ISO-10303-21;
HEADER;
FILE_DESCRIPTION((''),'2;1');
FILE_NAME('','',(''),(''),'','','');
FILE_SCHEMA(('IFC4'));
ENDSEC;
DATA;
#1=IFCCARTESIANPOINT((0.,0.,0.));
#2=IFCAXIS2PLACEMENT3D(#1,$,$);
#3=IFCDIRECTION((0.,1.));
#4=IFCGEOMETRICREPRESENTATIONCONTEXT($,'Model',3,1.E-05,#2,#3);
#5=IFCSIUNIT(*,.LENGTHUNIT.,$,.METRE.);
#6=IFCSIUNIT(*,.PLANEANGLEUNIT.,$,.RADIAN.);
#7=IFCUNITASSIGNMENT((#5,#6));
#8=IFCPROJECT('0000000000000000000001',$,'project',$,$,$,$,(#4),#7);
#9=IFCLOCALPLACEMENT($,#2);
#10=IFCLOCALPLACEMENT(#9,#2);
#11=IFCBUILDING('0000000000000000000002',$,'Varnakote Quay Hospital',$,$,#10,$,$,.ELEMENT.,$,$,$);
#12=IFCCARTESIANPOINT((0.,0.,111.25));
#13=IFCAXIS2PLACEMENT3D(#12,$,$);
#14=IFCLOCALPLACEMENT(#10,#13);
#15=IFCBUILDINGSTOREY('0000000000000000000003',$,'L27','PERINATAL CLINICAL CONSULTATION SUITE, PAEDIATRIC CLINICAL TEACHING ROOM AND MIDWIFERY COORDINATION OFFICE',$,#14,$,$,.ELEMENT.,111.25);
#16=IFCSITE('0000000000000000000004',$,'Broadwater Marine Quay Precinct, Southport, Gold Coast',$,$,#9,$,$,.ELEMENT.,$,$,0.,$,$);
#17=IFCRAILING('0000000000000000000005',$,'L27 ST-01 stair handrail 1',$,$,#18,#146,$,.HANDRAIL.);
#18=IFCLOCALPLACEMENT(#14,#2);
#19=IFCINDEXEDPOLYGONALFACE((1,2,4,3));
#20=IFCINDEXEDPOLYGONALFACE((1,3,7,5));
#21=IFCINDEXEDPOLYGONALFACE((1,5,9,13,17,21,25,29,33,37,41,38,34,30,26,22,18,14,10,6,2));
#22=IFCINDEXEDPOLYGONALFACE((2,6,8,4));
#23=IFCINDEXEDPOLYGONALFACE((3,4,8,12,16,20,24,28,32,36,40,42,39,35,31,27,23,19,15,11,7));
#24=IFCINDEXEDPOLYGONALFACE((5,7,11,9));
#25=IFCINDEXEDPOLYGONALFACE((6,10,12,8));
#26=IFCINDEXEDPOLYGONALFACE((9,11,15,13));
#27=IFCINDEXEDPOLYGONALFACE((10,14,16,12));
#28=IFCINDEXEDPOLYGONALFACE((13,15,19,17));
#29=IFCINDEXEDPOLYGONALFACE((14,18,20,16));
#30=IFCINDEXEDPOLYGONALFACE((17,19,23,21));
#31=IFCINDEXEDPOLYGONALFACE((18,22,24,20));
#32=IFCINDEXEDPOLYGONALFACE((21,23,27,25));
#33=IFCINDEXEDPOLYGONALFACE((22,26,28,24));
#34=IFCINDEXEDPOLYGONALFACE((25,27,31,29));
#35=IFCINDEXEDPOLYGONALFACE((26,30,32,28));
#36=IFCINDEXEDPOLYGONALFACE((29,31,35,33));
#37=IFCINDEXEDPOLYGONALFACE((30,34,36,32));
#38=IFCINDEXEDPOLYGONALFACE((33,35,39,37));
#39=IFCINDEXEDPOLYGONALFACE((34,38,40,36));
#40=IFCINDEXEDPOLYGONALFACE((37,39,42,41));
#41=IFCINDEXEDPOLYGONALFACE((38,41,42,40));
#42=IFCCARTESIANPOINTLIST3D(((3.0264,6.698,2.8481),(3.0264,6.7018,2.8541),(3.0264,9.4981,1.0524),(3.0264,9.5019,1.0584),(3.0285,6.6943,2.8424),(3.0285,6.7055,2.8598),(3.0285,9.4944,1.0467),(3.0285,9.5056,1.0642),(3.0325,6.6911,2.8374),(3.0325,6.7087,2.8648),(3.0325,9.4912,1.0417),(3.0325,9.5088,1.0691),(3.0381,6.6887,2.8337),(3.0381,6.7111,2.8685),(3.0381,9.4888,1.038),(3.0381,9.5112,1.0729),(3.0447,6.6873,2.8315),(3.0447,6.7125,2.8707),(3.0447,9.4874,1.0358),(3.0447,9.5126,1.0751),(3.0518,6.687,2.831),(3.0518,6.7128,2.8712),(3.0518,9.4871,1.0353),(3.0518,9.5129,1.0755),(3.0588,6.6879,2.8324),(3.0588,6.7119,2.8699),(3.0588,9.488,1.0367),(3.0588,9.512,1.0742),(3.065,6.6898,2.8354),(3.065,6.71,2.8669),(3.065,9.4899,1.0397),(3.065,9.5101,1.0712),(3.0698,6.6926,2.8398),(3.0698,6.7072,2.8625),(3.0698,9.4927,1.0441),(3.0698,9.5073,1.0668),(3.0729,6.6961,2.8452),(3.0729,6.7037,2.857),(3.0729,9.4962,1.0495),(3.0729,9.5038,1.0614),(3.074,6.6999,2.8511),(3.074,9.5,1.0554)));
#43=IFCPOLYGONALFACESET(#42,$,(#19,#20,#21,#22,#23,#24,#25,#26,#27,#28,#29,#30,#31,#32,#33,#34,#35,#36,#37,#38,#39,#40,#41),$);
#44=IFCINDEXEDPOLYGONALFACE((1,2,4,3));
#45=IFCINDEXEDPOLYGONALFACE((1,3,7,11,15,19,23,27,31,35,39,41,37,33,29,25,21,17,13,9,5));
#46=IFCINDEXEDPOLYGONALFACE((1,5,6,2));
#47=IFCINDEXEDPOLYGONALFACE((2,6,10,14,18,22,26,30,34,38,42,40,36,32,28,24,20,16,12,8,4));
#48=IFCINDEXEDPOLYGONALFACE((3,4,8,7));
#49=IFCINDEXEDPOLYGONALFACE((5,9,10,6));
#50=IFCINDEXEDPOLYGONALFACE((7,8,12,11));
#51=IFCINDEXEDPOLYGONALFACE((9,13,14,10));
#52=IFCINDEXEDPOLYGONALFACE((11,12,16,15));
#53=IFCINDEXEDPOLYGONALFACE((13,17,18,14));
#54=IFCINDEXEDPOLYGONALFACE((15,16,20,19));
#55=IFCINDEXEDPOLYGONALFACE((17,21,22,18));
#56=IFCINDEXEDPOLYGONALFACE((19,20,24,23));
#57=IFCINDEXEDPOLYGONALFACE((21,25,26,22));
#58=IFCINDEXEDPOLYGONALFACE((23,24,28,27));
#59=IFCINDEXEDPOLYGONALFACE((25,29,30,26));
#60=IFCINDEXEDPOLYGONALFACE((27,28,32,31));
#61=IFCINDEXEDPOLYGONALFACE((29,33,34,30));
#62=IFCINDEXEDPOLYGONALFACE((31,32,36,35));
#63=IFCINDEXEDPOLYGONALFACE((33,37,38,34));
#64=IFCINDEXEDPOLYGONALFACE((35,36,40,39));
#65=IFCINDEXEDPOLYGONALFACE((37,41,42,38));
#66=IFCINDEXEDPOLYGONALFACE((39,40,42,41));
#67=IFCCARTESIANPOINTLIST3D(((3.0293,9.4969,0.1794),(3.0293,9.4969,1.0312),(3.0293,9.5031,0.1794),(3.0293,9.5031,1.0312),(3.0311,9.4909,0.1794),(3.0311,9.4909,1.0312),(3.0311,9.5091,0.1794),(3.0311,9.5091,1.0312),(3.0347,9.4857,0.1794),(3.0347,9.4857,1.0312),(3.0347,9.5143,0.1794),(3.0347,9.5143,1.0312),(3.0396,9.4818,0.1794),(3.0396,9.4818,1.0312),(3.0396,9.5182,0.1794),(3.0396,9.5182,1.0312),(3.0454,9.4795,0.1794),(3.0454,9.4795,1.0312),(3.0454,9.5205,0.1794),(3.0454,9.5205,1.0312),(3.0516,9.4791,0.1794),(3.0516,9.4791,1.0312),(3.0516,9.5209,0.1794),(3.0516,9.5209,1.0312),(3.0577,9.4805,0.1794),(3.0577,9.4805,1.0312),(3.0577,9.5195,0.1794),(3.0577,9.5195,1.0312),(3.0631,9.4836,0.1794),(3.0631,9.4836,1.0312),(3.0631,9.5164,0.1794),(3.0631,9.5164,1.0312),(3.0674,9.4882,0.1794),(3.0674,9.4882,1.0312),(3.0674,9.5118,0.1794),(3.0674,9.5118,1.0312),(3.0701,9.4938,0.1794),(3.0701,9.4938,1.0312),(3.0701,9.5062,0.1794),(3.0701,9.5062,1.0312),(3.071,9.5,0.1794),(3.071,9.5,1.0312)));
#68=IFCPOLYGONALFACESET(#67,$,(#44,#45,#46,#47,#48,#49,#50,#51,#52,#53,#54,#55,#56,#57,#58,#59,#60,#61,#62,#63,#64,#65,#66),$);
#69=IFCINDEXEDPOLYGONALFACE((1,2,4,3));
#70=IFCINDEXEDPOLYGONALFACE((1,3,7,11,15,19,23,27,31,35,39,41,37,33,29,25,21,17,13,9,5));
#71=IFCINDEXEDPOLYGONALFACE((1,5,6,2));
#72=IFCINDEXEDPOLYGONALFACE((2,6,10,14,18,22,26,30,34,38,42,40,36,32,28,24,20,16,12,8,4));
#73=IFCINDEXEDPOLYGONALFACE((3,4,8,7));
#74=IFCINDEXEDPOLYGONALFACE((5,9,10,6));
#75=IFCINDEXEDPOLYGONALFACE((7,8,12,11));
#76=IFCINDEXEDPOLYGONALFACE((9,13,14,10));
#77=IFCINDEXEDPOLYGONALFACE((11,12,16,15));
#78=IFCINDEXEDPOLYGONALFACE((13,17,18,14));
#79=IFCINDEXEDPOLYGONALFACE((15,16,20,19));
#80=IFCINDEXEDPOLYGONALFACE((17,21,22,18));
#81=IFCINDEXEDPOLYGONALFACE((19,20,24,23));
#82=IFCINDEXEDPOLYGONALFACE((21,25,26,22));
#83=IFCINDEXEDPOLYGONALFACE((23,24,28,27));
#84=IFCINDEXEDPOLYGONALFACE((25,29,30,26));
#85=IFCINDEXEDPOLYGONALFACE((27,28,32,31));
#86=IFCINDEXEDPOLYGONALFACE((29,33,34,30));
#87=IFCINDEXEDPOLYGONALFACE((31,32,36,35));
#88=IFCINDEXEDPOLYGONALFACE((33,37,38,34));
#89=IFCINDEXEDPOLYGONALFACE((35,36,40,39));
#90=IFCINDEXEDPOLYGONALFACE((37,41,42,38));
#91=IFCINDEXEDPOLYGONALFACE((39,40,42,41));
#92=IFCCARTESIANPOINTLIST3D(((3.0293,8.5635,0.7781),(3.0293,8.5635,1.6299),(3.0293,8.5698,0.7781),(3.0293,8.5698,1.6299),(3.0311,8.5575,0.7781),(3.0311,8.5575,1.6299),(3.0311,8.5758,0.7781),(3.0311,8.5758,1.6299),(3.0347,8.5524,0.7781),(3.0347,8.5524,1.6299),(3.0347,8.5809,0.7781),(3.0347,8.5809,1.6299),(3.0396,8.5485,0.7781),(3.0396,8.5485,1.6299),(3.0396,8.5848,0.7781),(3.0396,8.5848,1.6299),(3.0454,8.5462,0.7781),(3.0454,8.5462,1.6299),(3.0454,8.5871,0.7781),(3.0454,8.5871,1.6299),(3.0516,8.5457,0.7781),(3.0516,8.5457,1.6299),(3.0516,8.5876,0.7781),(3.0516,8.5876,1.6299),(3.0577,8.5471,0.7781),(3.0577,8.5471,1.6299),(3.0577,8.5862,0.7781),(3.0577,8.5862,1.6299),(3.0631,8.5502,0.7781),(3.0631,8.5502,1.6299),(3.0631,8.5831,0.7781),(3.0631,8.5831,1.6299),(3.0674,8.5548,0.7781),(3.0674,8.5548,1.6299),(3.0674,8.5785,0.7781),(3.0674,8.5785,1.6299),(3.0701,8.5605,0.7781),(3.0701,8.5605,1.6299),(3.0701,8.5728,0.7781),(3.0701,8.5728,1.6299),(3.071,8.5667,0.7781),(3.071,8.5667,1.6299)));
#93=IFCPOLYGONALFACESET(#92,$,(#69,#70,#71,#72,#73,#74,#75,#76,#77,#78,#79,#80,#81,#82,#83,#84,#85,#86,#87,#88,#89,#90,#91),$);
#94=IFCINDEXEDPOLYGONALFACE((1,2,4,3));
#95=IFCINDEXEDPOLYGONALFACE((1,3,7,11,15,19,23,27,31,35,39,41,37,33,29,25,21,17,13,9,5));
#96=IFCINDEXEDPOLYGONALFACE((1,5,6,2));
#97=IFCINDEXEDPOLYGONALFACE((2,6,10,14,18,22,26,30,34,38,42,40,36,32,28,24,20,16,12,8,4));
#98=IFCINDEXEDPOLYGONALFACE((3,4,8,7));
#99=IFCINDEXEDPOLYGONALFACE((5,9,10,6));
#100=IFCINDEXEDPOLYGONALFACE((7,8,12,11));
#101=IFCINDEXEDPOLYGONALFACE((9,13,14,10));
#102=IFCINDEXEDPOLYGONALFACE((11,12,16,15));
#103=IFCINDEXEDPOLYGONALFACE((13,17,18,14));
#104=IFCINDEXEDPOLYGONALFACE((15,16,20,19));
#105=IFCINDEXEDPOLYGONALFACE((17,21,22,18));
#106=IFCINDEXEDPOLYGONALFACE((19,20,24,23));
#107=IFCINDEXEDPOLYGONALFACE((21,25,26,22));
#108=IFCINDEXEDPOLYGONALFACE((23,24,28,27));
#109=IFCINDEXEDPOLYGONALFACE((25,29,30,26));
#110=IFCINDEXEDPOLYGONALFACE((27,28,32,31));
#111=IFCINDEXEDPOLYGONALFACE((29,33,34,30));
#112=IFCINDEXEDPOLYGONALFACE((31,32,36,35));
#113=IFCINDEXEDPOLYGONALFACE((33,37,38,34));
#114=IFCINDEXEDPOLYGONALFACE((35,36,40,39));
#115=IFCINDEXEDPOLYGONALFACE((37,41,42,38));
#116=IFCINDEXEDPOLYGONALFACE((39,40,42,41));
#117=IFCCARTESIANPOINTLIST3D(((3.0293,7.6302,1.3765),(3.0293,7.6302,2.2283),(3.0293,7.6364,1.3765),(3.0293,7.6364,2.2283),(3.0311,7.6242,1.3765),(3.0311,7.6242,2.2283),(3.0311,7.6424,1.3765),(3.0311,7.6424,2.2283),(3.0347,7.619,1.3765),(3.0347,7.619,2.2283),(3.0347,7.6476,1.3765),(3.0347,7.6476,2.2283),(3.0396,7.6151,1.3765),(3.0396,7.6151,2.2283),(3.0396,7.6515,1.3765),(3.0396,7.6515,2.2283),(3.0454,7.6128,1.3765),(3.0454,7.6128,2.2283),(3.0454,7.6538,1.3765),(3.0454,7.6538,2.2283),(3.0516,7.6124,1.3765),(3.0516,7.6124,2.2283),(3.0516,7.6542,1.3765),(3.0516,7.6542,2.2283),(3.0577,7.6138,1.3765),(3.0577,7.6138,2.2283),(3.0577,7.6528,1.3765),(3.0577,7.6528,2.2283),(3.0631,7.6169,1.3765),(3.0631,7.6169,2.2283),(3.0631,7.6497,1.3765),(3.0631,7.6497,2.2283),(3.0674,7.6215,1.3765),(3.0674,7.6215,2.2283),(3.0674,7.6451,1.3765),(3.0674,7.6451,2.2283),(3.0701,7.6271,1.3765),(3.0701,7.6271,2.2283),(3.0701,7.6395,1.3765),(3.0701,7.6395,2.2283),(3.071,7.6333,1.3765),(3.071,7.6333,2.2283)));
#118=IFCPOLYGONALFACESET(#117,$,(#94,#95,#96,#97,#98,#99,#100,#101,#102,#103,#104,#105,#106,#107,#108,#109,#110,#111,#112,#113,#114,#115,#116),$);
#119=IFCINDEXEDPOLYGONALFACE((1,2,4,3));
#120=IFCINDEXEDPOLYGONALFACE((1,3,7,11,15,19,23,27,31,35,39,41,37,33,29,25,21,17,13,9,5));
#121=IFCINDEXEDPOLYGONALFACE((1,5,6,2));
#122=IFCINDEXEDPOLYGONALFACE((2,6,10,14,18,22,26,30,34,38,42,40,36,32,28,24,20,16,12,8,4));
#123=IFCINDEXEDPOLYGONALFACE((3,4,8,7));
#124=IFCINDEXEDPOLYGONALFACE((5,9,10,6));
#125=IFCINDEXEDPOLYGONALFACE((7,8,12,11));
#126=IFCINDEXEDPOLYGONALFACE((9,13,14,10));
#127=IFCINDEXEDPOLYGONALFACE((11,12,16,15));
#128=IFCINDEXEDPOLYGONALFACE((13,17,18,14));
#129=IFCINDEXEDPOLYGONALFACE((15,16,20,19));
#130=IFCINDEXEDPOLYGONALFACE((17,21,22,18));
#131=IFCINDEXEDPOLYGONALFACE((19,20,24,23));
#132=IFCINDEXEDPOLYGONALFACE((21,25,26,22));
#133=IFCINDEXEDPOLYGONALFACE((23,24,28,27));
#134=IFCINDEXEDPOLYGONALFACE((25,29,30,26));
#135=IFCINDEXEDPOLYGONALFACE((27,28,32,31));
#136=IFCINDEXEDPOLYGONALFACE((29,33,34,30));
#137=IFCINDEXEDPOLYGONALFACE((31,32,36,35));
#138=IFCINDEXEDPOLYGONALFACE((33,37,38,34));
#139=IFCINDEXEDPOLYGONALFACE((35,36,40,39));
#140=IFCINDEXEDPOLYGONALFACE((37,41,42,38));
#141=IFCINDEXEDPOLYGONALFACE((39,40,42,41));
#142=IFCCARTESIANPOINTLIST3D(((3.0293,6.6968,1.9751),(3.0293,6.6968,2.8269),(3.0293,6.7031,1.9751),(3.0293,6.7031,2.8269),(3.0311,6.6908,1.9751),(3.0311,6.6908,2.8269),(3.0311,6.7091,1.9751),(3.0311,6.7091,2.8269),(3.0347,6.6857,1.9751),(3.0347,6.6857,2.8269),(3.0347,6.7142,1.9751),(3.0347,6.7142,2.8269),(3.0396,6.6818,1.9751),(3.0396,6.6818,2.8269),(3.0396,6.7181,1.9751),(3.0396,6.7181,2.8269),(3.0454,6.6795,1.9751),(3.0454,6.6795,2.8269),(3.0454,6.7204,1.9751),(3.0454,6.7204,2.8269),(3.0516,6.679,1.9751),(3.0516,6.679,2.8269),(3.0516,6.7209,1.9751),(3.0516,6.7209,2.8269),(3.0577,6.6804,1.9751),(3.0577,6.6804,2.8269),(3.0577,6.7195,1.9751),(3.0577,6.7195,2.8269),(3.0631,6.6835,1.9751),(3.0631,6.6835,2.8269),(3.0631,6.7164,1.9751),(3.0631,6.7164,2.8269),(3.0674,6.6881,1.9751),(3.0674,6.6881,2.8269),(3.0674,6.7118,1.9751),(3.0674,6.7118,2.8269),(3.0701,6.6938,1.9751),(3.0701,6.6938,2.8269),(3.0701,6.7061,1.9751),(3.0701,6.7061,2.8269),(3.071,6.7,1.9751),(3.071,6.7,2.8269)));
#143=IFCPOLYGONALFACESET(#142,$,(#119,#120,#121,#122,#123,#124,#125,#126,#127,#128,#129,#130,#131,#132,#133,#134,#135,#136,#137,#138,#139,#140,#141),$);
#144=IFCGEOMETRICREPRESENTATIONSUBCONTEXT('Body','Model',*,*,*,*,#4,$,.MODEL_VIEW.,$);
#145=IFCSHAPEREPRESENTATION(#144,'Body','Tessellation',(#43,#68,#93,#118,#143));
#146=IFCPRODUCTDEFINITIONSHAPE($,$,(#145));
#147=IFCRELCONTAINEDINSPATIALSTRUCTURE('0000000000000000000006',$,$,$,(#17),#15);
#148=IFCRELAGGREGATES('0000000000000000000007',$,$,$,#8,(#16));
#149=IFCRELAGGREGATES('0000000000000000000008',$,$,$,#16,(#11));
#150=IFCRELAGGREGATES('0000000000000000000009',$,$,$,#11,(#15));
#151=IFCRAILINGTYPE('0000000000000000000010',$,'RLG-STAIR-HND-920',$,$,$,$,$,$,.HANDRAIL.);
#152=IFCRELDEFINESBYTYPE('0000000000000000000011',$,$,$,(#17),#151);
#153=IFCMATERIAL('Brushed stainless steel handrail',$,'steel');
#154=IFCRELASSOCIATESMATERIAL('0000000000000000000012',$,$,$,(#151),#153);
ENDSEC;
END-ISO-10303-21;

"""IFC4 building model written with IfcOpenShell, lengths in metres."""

from ifc_helpers import new_model, si_unit, direction, frame, origin, origin_2d, place, context, subcontext, project, spatial, circle, extrude, material, type_object, element, save


model = new_model("IFC4")

# Units and contexts
model_context = context("Model", 3, precision=1e-05, world=origin(), true_north=direction((0.0, 1.0)))
body_context = subcontext(model_context, "Body", "Model", "MODEL_VIEW")
ifc_project = project(units=[si_unit("LENGTHUNIT", "METRE"), si_unit("PLANEANGLEUNIT", "RADIAN")], contexts=[model_context])

# Site, building, storey
site_placement = place(None, origin())
site = spatial("IfcSite", under=ifc_project, at=site_placement, Name="Broadwater Marine Quay Precinct, Southport, Gold Coast", CompositionType="ELEMENT", RefElevation=0.0)
building_placement = place(site_placement, origin())
building = spatial("IfcBuilding", under=site, at=building_placement, Name="Varnakote Quay Hospital", CompositionType="ELEMENT")
storey_placement = place(building_placement, frame((0.0, 0.0, 111.25)))
storey = spatial("IfcBuildingStorey", under=building, at=storey_placement, Name="L27", Description="PERINATAL CLINICAL CONSULTATION SUITE, PAEDIATRIC CLINICAL TEACHING ROOM AND MIDWIFERY COORDINATION OFFICE", CompositionType="ELEMENT", Elevation=111.25)

# Railing
ifc_material_1 = material(Name="Brushed stainless steel handrail", Category="steel")
railing_type_1 = type_object("IfcRailingType", Name="RLG-STAIR-HND-920", PredefinedType="HANDRAIL", material=ifc_material_1)
railing_1_placement = place(storey_placement, frame((3.05, 9.5, 0.1794)))
element("IfcRailing", 1, at=railing_1_placement, inside=storey, type_object=railing_type_1, Name="L27 ST-01 stair handrail 1", PredefinedType="HANDRAIL", context=body_context, shape_type="SweptSolid", body=[
    extrude(circle(Radius=0.0239, at=origin_2d()), frame((0.0, 0.0, 0.876), z_axis=(0.0, -0.841777, 0.539826), x_axis=(1.0, 0.0, 0.0)), (0.0, 0.0, 1.0), 3.3264),
    extrude(circle(Radius=0.021, at=origin_2d()), origin(), (0.0, 0.0, 1.0), 0.8518),
    extrude(circle(Radius=0.021, at=origin_2d()), frame((0.0, -0.9333, 0.5986)), (0.0, 0.0, 1.0), 0.8518),
    extrude(circle(Radius=0.021, at=origin_2d()), frame((0.0, -1.8667, 1.197)), (0.0, 0.0, 1.0), 0.8518),
    extrude(circle(Radius=0.021, at=origin_2d()), frame((0.0, -2.8, 1.7957)), (0.0, 0.0, 1.0), 0.8518),
])

save(model, "model.ifc")
